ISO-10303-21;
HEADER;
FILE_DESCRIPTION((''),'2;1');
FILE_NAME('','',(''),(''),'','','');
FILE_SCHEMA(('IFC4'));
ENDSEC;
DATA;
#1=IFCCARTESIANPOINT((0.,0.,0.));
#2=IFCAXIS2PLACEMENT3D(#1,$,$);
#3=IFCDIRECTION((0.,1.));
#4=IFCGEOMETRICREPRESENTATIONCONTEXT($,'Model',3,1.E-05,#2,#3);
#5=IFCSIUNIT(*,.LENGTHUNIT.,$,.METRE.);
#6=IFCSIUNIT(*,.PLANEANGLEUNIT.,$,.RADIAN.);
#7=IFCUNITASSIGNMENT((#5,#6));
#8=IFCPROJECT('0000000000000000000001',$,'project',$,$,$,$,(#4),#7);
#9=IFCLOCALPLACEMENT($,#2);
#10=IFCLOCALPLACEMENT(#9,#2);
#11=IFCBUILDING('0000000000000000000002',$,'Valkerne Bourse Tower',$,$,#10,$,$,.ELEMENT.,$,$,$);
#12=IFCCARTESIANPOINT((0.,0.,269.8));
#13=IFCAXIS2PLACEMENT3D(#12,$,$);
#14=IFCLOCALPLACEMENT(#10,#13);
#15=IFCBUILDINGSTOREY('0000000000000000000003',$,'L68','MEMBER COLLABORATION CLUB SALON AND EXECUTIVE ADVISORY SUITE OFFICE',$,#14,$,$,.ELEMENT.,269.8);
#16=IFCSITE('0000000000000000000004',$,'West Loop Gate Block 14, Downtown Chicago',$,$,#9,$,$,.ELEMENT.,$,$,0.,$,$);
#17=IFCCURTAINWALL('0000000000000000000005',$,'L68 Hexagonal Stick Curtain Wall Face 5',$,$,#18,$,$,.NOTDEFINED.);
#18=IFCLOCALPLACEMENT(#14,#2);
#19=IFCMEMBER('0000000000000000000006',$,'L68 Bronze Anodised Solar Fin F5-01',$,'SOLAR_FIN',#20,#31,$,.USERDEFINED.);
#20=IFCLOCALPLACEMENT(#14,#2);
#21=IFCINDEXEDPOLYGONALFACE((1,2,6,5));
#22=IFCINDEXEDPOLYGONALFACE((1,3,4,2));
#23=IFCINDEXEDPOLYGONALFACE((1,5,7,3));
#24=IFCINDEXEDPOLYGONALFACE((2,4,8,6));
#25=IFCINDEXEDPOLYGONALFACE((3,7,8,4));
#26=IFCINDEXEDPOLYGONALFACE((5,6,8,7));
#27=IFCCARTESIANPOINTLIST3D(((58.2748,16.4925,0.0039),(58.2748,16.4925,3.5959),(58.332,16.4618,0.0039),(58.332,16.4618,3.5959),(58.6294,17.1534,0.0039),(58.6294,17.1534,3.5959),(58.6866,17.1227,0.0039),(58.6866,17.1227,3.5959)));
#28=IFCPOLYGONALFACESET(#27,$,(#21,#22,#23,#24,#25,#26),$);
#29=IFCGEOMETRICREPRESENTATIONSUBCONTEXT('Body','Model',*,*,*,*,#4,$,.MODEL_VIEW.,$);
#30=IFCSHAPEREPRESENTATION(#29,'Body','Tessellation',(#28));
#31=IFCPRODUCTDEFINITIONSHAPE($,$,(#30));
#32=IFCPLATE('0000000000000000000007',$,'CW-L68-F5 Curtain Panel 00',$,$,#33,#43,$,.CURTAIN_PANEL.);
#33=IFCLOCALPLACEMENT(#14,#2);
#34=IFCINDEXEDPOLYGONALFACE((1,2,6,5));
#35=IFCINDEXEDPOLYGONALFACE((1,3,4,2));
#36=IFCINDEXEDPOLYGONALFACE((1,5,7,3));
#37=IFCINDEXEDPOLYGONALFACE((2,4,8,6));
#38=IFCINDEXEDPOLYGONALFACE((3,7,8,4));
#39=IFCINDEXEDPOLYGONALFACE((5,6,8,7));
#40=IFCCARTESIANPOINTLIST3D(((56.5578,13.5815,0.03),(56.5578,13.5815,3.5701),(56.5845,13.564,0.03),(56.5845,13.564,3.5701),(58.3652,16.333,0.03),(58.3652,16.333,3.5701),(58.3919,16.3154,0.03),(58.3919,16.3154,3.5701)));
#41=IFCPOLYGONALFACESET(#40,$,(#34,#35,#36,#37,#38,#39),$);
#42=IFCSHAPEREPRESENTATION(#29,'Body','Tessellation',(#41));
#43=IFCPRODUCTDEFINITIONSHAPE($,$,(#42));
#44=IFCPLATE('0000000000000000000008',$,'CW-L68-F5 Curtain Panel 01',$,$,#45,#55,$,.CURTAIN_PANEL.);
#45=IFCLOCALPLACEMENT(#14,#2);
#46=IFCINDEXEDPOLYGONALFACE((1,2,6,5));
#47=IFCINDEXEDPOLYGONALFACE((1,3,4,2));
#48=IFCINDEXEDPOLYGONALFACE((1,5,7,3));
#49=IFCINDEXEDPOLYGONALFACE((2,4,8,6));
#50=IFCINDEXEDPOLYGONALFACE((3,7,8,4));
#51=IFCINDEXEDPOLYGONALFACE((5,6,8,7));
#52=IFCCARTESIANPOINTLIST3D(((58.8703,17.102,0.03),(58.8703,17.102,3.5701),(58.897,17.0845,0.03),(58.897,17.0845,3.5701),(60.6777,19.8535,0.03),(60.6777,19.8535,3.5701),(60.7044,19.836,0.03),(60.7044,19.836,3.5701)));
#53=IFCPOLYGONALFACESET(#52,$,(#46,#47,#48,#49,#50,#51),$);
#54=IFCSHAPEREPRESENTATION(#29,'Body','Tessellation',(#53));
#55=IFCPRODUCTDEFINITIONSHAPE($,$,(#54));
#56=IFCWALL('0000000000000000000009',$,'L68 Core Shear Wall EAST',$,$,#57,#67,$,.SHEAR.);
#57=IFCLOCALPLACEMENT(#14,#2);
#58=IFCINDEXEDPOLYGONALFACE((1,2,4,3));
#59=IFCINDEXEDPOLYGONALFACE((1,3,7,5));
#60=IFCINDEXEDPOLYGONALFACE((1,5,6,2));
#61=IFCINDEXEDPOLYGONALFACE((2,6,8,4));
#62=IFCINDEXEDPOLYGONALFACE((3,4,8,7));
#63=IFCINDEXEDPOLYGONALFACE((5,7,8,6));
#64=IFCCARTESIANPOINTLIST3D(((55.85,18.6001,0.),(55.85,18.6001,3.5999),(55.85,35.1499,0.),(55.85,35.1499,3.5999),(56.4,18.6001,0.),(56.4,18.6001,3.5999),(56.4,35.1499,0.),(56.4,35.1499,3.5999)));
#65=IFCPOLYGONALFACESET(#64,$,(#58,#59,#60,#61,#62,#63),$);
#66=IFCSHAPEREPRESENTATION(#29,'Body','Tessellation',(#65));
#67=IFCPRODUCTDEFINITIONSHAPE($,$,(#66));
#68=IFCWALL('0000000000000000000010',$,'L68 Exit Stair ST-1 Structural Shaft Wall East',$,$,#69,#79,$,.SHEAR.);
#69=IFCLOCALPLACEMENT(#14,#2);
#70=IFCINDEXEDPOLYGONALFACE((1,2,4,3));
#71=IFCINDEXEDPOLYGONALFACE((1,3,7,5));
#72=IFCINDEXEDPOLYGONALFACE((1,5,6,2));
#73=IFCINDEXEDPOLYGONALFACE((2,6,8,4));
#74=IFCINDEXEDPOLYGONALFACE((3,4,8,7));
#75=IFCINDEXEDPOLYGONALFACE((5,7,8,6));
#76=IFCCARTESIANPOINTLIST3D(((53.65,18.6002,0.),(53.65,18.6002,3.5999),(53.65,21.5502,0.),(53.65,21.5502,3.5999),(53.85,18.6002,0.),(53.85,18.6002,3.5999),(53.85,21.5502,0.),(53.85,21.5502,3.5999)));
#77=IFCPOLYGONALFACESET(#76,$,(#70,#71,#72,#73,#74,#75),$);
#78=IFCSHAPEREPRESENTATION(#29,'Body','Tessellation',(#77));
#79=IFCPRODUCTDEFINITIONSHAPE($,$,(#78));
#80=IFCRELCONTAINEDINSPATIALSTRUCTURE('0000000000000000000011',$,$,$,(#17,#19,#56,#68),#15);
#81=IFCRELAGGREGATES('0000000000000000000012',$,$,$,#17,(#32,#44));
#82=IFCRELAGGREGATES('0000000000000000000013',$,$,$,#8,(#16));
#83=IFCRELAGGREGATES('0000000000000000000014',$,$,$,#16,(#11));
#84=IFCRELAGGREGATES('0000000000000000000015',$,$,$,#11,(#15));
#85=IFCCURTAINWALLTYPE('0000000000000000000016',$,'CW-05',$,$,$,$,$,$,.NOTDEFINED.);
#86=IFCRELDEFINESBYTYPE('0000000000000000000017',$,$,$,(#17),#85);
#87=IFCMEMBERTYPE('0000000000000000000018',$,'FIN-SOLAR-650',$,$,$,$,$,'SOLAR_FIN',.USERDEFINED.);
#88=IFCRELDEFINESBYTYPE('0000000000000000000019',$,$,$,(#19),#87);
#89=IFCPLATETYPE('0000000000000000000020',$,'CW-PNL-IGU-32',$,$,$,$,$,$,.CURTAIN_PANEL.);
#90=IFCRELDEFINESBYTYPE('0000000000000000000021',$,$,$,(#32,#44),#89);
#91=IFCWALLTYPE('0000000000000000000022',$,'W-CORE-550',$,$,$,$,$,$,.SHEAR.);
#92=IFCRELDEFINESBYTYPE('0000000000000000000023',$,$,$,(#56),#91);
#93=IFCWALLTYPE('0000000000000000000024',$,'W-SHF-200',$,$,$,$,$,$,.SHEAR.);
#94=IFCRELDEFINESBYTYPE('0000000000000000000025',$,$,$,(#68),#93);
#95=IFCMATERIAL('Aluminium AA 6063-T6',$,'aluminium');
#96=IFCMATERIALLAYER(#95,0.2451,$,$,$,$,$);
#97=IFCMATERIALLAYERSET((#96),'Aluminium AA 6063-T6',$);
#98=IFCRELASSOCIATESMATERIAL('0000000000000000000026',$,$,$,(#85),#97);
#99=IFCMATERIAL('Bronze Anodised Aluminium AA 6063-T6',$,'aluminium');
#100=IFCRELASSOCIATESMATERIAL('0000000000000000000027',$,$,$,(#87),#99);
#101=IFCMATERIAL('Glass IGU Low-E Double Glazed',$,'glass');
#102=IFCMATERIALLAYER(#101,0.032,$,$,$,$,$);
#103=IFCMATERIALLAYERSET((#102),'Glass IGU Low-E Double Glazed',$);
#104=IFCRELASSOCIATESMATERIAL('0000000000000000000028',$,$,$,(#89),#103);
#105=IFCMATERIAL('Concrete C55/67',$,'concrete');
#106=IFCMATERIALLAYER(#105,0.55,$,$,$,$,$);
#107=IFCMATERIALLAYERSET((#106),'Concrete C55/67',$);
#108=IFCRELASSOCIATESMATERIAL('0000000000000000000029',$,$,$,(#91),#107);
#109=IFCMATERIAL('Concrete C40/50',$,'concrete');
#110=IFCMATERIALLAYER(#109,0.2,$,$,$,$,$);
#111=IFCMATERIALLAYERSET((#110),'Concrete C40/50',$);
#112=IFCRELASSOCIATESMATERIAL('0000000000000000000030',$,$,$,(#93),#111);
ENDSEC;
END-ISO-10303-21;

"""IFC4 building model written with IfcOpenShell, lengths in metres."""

from ifc_helpers import new_model, si_unit, direction, frame, frame_2d, origin, origin_2d, place, context, subcontext, project, spatial, rectangle, extrude, material, layer, layer_set, material_profile, profile_set, type_object, element, aggregate, save


model = new_model("IFC4")

# Units and contexts
model_context = context("Model", 3, precision=1e-05, world=origin(), true_north=direction((0.0, 1.0)))
body_context = subcontext(model_context, "Body", "Model", "MODEL_VIEW")
ifc_project = project(units=[si_unit("LENGTHUNIT", "METRE"), si_unit("PLANEANGLEUNIT", "RADIAN")], contexts=[model_context])

# Site, building, storey
site_placement = place(None, origin())
site = spatial("IfcSite", under=ifc_project, at=site_placement, Name="West Loop Gate Block 14, Downtown Chicago", CompositionType="ELEMENT", RefElevation=0.0)
building_placement = place(site_placement, origin())
building = spatial("IfcBuilding", under=site, at=building_placement, Name="Valkerne Bourse Tower", CompositionType="ELEMENT")
storey_placement = place(building_placement, frame((0.0, 0.0, 269.8)))
storey = spatial("IfcBuildingStorey", under=building, at=storey_placement, Name="L68", Description="MEMBER COLLABORATION CLUB SALON AND EXECUTIVE ADVISORY SUITE OFFICE", CompositionType="ELEMENT", Elevation=269.8)

# Curtain wall
ifc_material_1 = material(Name="Aluminium AA 6063-T6", Category="aluminium")
ifc_layer_1 = layer(ifc_material_1, 0.2451)
ifc_layer_set_1 = layer_set([ifc_layer_1], Name="Aluminium AA 6063-T6")
curtain_wall_type = type_object("IfcCurtainWallType", Name="CW-05", PredefinedType="NOTDEFINED", material=ifc_layer_set_1)
curtain_wall_placement = place(storey_placement, origin())
curtain_wall = element("IfcCurtainWall", 1, at=curtain_wall_placement, inside=storey, type_object=curtain_wall_type, Name="L68 Hexagonal Stick Curtain Wall Face 5", PredefinedType="NOTDEFINED")

# Member
ifc_material_2 = material(Name="Bronze Anodised Aluminium AA 6063-T6", Category="aluminium")
ifc_material_profile_1 = material_profile(ifc_material_2, rectangle(XDim=0.0649, YDim=0.75, at=origin_2d()), Name="FIN-65X750")
ifc_profile_set_1 = profile_set([ifc_material_profile_1], Name="Bronze Anodised Aluminium AA 6063-T6")
member_type_1 = type_object("IfcMemberType", Name="FIN-SOLAR-650", ElementType="SOLAR_FIN", PredefinedType="USERDEFINED", material=ifc_profile_set_1)
member_1_placement = place(storey_placement, frame((58.4807, 16.8076, 0.0039), z_axis=(0.0, 0.0, 1.0), x_axis=(0.881187, -0.472769, 0.0)))
element("IfcMember", 2, at=member_1_placement, inside=storey, type_object=member_type_1, Name="L68 Bronze Anodised Solar Fin F5-01", ObjectType="SOLAR_FIN", PredefinedType="USERDEFINED", context=body_context, shape_type="SweptSolid", body=[
    extrude(rectangle(XDim=0.0649, YDim=0.75, at=origin_2d()), origin(), (0.0, 0.0, 1.0), 3.592),
])

# Plates
ifc_material_3 = material(Name="Glass IGU Low-E Double Glazed", Category="glass")
ifc_layer_2 = layer(ifc_material_3, 0.032)
ifc_layer_set_2 = layer_set([ifc_layer_2], Name="Glass IGU Low-E Double Glazed")
plate_type = type_object("IfcPlateType", Name="CW-PNL-IGU-32", PredefinedType="CURTAIN_PANEL", material=ifc_layer_set_2)
plate_1_placement = place(storey_placement, frame((57.4749, 14.9485, 0.03), z_axis=(0.0, 0.0, 1.0), x_axis=(0.549028, 0.835804, 0.0)))
plate_1 = element("IfcPlate", 3, at=plate_1_placement, type_object=plate_type, Name="CW-L68-F5 Curtain Panel 00", PredefinedType="CURTAIN_PANEL", context=body_context, shape_type="SweptSolid", body=[
    extrude(rectangle(XDim=3.292, YDim=0.032, at=origin_2d()), origin(), (0.0, 0.0, 1.0), 3.54),
])
plate_2_placement = place(storey_placement, frame((59.7874, 18.469, 0.03), z_axis=(0.0, 0.0, 1.0), x_axis=(0.549017, 0.835811, 0.0)))
plate_2 = element("IfcPlate", 4, at=plate_2_placement, type_object=plate_type, Name="CW-L68-F5 Curtain Panel 01", PredefinedType="CURTAIN_PANEL", context=body_context, shape_type="SweptSolid", body=[
    extrude(rectangle(XDim=3.292, YDim=0.032, at=origin_2d()), origin(), (0.0, 0.0, 1.0), 3.54),
])
aggregate(curtain_wall, [plate_1, plate_2])

# Walls
ifc_material_4 = material(Name="Concrete C55/67", Category="concrete")
ifc_layer_3 = layer(ifc_material_4, 0.55)
ifc_layer_set_3 = layer_set([ifc_layer_3], Name="Concrete C55/67")
wall_type_1 = type_object("IfcWallType", Name="W-CORE-550", PredefinedType="SHEAR", material=ifc_layer_set_3)
wall_1_placement = place(storey_placement, frame((56.125, 18.6001, 0.0), z_axis=(0.0, 0.0, 1.0), x_axis=(0.0, 1.0, 0.0)))
element("IfcWall", 5, at=wall_1_placement, inside=storey, type_object=wall_type_1, Name="L68 Core Shear Wall EAST", PredefinedType="SHEAR", context=body_context, shape_type="SweptSolid", body=[
    extrude(rectangle(XDim=16.5498, YDim=0.55, at=frame_2d((8.2749, 0.0))), origin(), (0.0, 0.0, 1.0), 3.5999),
])
ifc_material_5 = material(Name="Concrete C40/50", Category="concrete")
ifc_layer_4 = layer(ifc_material_5, 0.2)
ifc_layer_set_4 = layer_set([ifc_layer_4], Name="Concrete C40/50")
wall_type_2 = type_object("IfcWallType", Name="W-SHF-200", PredefinedType="SHEAR", material=ifc_layer_set_4)
wall_2_placement = place(storey_placement, frame((53.75, 18.6001, 0.0), z_axis=(0.0, 0.0, 1.0), x_axis=(0.0, 1.0, 0.0)))
element("IfcWall", 6, at=wall_2_placement, inside=storey, type_object=wall_type_2, Name="L68 Exit Stair ST-1 Structural Shaft Wall East", PredefinedType="SHEAR", context=body_context, shape_type="SweptSolid", body=[
    extrude(rectangle(XDim=2.95, YDim=0.2, at=frame_2d((1.4751, 0.0))), origin(), (0.0, 0.0, 1.0), 3.5999),
])

save(model, "model.ifc")
